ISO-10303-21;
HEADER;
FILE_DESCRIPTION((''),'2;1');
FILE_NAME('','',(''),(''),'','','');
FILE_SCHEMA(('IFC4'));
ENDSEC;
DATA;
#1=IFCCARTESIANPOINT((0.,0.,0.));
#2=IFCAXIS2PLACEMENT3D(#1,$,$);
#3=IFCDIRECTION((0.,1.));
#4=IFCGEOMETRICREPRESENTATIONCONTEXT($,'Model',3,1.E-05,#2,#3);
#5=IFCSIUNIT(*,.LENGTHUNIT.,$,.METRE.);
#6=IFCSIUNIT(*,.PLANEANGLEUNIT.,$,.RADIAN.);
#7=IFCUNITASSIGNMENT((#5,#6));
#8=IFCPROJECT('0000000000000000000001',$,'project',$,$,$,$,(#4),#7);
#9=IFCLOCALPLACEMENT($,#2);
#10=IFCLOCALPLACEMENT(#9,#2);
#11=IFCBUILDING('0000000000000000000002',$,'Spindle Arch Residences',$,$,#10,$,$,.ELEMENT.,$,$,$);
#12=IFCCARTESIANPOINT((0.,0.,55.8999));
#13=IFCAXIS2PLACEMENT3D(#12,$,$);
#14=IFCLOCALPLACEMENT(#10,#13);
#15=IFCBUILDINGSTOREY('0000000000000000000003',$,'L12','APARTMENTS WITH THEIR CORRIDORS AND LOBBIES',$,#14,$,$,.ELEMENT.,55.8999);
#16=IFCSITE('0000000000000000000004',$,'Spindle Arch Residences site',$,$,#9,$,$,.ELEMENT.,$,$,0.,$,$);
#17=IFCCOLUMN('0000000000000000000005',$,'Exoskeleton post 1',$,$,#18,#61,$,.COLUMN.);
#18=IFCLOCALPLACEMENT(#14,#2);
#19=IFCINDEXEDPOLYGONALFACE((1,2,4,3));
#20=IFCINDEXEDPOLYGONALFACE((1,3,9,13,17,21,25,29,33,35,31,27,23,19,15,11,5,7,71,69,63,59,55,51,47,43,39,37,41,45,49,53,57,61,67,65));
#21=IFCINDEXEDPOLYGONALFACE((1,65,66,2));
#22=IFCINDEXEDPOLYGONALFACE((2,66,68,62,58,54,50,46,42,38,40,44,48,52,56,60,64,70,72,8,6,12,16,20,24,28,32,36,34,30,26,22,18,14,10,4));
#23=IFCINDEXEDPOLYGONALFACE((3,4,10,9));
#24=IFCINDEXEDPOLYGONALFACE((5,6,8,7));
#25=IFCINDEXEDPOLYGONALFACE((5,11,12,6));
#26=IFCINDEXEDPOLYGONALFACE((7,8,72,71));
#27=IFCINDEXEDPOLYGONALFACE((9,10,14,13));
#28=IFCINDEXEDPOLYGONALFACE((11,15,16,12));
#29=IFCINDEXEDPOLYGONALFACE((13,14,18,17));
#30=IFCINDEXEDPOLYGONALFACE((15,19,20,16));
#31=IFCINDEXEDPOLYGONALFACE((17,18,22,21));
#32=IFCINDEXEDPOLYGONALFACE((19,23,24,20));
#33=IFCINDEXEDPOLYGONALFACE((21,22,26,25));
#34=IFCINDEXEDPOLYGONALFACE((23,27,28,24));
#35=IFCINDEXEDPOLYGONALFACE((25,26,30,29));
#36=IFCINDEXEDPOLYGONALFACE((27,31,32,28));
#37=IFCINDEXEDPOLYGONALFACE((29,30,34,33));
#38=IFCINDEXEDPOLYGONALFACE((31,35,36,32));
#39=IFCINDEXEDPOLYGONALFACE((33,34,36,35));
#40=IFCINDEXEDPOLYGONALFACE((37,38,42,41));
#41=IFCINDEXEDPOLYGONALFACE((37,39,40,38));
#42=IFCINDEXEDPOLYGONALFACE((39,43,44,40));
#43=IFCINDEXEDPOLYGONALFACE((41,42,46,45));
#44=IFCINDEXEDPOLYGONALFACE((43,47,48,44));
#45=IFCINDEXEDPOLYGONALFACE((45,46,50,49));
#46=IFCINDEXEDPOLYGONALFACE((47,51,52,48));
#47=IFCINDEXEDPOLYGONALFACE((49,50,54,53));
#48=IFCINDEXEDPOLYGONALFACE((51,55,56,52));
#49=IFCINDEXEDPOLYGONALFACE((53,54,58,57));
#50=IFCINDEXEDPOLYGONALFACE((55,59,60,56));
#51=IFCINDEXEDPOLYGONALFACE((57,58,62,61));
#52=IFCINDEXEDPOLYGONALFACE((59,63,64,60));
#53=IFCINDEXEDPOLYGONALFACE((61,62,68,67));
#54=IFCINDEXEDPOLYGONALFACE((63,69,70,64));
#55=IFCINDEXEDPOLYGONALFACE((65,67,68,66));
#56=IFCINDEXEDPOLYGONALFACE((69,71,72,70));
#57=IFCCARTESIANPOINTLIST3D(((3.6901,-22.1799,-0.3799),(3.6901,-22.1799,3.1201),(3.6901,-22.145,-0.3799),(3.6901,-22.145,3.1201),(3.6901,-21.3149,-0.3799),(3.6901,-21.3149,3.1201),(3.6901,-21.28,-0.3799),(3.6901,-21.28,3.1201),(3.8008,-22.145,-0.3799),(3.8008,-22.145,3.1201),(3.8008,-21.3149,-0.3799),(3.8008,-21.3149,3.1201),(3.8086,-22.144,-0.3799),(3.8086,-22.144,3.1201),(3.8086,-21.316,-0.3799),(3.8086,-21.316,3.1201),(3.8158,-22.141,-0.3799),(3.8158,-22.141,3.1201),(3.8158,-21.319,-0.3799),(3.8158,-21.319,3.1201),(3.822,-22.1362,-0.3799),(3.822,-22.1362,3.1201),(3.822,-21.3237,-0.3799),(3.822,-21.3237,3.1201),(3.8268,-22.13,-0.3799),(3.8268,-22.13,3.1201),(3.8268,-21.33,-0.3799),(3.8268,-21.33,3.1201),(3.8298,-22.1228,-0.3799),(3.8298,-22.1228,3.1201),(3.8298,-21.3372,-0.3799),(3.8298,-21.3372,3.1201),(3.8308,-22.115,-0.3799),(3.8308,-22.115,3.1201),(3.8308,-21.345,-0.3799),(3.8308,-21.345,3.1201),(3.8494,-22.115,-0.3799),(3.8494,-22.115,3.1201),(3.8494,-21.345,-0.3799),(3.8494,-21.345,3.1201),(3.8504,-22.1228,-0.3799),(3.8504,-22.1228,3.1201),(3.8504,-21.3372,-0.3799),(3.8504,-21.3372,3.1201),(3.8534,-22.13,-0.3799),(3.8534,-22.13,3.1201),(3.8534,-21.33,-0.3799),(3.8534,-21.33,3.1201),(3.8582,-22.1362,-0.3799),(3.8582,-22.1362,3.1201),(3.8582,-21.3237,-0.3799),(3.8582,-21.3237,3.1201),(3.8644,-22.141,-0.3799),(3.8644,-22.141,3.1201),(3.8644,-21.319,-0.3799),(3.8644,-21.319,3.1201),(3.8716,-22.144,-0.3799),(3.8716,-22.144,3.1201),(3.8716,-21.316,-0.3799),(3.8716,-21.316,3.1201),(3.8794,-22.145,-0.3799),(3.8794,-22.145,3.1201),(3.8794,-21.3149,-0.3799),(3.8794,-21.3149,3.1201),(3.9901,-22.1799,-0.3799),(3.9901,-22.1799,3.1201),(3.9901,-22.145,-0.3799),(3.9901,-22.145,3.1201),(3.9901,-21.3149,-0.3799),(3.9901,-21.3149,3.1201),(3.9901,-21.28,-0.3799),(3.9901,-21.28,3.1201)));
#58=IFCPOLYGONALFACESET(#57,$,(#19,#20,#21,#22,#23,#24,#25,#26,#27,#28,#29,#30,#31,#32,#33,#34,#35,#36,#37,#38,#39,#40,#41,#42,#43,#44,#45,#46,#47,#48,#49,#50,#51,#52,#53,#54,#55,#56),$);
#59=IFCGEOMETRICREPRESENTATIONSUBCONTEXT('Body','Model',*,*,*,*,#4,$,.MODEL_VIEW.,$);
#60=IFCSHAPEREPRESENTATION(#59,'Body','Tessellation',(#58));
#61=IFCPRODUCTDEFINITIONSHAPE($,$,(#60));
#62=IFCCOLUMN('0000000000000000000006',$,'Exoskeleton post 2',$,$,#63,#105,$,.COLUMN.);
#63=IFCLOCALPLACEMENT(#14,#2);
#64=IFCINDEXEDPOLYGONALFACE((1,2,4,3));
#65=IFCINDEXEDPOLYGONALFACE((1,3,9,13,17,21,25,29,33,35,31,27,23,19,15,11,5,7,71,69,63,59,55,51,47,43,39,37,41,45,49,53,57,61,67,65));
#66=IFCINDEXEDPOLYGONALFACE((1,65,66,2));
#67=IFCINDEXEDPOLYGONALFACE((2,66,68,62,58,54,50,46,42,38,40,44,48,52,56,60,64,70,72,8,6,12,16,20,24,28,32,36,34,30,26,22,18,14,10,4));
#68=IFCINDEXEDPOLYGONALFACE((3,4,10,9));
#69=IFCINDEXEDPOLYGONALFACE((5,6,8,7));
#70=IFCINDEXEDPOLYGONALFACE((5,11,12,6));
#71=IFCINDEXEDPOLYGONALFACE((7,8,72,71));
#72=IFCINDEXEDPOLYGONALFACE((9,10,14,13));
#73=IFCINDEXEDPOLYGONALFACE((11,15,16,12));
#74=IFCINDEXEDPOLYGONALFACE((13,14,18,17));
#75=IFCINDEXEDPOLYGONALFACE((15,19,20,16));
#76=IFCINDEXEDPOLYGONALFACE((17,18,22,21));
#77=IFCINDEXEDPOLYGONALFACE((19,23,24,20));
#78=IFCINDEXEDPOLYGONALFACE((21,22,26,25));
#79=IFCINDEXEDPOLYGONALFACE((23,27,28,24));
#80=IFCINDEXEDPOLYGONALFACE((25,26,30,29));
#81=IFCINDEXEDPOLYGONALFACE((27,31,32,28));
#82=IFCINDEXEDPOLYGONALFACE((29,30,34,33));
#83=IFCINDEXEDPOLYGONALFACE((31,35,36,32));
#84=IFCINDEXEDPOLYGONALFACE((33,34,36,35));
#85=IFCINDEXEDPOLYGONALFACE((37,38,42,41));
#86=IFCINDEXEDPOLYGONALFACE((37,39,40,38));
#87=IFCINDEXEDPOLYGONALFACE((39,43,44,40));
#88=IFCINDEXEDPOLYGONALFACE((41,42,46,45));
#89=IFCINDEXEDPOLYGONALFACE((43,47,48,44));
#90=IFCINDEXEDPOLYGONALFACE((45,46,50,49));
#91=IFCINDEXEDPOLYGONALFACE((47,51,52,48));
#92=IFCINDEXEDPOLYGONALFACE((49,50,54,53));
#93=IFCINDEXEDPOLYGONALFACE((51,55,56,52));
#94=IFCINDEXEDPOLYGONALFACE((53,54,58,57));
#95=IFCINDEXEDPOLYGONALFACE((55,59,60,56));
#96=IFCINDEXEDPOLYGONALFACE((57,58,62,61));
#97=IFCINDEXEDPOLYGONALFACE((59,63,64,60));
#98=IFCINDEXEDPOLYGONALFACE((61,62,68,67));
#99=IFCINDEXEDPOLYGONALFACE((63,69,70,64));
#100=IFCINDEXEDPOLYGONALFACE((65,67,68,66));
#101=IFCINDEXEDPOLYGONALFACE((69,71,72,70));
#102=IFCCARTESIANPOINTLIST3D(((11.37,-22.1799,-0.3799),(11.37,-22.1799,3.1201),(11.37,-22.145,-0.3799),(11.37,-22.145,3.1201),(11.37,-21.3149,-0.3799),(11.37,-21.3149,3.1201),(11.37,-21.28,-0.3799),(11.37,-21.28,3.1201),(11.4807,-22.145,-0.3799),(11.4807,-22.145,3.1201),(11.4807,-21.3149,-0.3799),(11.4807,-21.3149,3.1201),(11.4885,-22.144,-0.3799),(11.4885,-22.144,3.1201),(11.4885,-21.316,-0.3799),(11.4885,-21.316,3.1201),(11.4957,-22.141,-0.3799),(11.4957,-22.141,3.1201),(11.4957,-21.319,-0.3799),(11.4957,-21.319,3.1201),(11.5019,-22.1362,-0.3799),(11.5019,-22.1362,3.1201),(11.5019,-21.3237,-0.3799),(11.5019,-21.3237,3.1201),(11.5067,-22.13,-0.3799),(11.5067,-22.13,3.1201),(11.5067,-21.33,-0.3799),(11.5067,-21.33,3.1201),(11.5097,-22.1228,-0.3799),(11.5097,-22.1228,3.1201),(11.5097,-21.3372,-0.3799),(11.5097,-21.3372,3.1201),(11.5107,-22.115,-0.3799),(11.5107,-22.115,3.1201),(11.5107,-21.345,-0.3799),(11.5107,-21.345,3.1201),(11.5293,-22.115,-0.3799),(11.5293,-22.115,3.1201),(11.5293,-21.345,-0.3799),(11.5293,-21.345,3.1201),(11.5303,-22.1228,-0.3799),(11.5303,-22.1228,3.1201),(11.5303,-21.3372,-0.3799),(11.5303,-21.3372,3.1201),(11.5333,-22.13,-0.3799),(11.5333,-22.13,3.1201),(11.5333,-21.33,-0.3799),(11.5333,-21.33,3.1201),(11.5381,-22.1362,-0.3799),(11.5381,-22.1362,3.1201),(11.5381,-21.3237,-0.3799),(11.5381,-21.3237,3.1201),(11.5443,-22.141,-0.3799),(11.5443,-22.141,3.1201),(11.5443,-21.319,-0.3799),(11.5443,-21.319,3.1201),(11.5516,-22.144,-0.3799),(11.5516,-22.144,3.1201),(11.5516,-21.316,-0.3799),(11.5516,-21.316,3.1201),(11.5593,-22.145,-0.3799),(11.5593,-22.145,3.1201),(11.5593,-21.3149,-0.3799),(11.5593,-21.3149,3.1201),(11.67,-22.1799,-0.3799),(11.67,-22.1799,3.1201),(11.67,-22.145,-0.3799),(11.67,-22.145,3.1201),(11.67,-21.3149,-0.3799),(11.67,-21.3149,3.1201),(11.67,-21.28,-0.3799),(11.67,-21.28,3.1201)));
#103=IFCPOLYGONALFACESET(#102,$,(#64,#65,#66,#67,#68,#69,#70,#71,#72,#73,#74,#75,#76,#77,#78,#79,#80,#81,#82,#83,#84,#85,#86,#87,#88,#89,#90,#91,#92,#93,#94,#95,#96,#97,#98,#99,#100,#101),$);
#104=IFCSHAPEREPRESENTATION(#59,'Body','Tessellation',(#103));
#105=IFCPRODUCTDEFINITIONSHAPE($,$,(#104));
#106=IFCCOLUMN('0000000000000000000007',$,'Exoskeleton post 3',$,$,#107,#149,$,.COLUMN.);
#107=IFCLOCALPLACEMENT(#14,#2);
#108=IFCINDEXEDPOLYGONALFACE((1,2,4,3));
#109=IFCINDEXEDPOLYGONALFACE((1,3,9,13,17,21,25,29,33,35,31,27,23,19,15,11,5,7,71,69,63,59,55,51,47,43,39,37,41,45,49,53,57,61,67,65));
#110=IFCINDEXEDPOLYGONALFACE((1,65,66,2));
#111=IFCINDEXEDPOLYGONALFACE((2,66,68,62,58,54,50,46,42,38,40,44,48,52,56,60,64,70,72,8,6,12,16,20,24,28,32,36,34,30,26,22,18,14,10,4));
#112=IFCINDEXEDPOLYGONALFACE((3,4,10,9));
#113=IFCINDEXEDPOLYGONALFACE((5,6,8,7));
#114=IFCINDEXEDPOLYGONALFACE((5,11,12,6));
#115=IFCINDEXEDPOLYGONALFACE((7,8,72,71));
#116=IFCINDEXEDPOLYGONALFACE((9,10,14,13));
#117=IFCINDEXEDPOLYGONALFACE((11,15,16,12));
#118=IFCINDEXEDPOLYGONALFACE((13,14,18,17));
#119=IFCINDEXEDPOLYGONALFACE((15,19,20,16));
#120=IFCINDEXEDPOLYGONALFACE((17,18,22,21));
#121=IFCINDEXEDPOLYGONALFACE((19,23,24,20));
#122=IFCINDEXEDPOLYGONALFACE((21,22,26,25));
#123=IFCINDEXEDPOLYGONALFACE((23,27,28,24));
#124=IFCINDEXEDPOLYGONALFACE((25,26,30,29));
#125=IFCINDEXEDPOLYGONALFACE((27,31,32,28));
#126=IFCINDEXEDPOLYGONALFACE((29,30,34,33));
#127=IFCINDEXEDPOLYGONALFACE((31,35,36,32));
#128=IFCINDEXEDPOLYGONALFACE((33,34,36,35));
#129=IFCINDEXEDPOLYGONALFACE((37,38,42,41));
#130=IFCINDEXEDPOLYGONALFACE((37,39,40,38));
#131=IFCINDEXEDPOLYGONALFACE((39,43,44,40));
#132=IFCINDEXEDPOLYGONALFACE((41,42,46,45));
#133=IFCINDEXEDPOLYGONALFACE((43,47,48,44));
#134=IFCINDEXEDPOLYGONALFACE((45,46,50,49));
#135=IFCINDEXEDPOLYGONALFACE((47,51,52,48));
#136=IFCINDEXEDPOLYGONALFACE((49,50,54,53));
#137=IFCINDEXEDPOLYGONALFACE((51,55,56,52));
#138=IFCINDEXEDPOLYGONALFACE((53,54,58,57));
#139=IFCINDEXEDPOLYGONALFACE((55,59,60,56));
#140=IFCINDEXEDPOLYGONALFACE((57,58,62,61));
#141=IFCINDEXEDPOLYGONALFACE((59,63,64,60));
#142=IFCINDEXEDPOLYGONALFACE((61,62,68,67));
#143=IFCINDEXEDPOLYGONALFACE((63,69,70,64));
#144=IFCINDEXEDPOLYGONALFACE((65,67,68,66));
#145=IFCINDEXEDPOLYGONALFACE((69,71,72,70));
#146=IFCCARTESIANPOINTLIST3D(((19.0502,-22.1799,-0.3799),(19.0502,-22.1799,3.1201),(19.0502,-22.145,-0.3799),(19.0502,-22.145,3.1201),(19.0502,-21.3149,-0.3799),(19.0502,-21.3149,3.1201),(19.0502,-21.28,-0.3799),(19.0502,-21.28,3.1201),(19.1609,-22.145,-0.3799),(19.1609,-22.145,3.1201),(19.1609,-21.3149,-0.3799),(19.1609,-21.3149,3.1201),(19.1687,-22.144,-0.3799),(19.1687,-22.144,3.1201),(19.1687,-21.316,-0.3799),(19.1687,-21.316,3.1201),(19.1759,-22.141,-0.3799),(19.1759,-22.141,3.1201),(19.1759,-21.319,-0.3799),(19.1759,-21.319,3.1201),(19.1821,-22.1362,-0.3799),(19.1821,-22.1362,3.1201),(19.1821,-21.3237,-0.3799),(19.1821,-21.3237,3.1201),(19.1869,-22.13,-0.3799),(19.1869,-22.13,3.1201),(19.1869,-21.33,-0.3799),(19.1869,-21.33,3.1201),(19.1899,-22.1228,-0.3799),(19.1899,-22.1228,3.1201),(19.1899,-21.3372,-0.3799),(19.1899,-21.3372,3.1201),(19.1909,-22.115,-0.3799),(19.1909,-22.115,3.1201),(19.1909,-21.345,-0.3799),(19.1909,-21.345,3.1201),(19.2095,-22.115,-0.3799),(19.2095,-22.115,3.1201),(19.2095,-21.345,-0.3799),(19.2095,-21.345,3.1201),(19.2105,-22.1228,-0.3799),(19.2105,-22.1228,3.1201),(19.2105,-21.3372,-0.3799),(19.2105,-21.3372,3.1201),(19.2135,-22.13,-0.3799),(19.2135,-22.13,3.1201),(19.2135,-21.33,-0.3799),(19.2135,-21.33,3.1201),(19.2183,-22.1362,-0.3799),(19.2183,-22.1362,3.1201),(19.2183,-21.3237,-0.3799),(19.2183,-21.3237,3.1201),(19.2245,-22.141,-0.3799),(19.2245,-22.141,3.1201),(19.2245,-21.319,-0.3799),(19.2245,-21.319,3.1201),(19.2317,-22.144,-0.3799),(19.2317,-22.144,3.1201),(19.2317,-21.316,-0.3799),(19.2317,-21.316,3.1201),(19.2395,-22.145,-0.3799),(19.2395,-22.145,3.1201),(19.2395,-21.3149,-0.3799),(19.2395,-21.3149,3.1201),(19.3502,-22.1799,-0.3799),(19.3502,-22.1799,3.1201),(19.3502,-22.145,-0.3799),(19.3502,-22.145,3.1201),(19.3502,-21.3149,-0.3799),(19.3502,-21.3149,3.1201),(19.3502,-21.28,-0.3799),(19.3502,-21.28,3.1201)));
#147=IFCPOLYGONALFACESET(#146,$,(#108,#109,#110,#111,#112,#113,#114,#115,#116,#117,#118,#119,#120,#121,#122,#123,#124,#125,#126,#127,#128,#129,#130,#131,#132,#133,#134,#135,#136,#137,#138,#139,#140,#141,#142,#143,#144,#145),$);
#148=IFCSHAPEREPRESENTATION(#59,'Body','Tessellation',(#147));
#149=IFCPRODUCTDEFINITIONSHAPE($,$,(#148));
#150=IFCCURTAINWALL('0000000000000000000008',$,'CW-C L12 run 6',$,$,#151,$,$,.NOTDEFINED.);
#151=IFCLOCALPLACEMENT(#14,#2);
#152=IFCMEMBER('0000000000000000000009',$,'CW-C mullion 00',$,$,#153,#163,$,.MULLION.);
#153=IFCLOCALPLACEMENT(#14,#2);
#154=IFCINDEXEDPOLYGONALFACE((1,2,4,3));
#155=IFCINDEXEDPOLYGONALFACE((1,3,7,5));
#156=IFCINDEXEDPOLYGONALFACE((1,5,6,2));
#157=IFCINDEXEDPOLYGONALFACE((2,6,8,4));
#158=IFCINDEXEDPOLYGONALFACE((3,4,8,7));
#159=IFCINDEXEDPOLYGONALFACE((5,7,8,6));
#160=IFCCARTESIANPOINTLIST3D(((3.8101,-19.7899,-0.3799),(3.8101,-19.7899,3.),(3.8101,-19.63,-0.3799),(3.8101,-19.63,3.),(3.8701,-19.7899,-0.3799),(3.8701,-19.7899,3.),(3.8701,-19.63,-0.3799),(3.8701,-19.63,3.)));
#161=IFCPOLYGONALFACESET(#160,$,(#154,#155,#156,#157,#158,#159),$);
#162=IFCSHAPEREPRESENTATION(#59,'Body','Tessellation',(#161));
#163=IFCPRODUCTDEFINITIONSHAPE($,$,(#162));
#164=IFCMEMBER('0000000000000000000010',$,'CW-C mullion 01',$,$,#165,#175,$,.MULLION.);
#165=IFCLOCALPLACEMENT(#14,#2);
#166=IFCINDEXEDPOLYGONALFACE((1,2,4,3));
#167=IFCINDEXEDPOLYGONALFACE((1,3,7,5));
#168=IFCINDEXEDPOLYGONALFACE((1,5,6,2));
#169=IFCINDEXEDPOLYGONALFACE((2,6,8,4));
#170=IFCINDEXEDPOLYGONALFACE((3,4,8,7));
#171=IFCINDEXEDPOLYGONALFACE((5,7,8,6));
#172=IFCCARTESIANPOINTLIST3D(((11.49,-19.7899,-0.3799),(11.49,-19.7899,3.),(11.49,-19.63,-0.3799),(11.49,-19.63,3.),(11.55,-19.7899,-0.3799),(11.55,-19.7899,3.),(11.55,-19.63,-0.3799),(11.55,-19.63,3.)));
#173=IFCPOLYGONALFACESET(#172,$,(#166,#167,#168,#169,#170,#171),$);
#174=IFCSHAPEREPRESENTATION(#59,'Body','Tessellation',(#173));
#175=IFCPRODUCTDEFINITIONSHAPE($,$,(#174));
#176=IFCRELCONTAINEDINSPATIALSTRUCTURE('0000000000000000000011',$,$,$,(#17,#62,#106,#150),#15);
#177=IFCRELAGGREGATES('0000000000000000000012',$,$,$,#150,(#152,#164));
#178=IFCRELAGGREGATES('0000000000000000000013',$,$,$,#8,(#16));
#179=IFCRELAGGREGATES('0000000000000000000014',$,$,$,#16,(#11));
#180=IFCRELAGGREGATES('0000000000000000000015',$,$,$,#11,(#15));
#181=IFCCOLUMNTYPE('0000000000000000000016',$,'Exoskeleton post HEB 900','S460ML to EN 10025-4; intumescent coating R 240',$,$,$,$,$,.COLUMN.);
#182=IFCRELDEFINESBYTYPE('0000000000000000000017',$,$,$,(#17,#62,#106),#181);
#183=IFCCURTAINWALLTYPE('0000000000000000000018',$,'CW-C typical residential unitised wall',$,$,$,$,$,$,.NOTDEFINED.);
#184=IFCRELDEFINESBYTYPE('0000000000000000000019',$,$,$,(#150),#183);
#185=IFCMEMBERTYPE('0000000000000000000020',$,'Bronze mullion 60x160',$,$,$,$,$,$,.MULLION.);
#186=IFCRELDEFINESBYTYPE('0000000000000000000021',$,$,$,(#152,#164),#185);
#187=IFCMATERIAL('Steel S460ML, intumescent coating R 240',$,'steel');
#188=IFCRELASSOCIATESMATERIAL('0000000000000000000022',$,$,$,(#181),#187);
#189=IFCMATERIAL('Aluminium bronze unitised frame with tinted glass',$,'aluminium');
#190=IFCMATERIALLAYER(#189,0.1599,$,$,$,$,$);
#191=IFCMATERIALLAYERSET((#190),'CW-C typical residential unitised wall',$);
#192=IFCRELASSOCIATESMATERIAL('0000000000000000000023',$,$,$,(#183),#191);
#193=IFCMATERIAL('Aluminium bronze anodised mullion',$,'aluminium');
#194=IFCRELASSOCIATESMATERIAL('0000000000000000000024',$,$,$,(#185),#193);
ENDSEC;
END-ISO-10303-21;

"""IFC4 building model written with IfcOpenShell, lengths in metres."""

from ifc_helpers import new_model, si_unit, direction, frame, origin, origin_2d, place, context, subcontext, project, spatial, rectangle, i_section, extrude, material, layer, layer_set, material_profile, profile_set, type_object, element, aggregate, save


model = new_model("IFC4")

# Units and contexts
model_context = context("Model", 3, precision=1e-05, world=origin(), true_north=direction((0.0, 1.0)))
body_context = subcontext(model_context, "Body", "Model", "MODEL_VIEW")
ifc_project = project(units=[si_unit("LENGTHUNIT", "METRE"), si_unit("PLANEANGLEUNIT", "RADIAN")], contexts=[model_context])

# Site, building, storey
site_placement = place(None, origin())
site = spatial("IfcSite", under=ifc_project, at=site_placement, Name="Spindle Arch Residences site", CompositionType="ELEMENT", RefElevation=0.0)
building_placement = place(site_placement, origin())
building = spatial("IfcBuilding", under=site, at=building_placement, Name="Spindle Arch Residences", CompositionType="ELEMENT")
storey_placement = place(building_placement, frame((0.0, 0.0, 55.8999)))
storey = spatial("IfcBuildingStorey", under=building, at=storey_placement, Name="L12", Description="APARTMENTS WITH THEIR CORRIDORS AND LOBBIES", CompositionType="ELEMENT", Elevation=55.8999)

# Columns
ifc_material_1 = material(Name="Steel S460ML, intumescent coating R 240", Category="steel")
ifc_material_profile_1 = material_profile(ifc_material_1, i_section(OverallWidth=0.3, OverallDepth=0.8999, WebThickness=0.0186, FlangeThickness=0.0349, FilletRadius=0.03, at=origin_2d()), Name="HEB 900")
ifc_profile_set_1 = profile_set([ifc_material_profile_1], Name="Steel S460ML, intumescent coating R 240")
column_type = type_object("IfcColumnType", Name="Exoskeleton post HEB 900", Description="S460ML to EN 10025-4; intumescent coating R 240", PredefinedType="COLUMN", material=ifc_profile_set_1)
for number, where, z_axis, x_axis, name in (
    (1, (3.8401, -21.73, -0.3799), (0.0, 0.0, 1.0), (-1.0, 0.0, 0.0), "Exoskeleton post 1"),
    (2, (11.52, -21.73, -0.3799), (0.0, 0.0, 1.0), (-1.0, 0.0, 0.0), "Exoskeleton post 2"),
    (3, (19.2002, -21.73, -0.3799), (0.0, 0.0, 1.0), (-1.0, 0.0, 0.0), "Exoskeleton post 3"),
):
    element("IfcColumn", number, at=place(storey_placement, frame(where, z_axis=z_axis, x_axis=x_axis)), inside=storey, type_object=column_type, Name=name, PredefinedType="COLUMN", context=body_context, shape_type="SweptSolid", body=[
        extrude(i_section(OverallWidth=0.3, OverallDepth=0.8999, WebThickness=0.0186, FlangeThickness=0.0349, FilletRadius=0.03, at=origin_2d()), origin(), (0.0, 0.0, 1.0), 3.5),
    ])

# Curtain wall, members
ifc_material_2 = material(Name="Aluminium bronze unitised frame with tinted glass", Category="aluminium")
ifc_layer_1 = layer(ifc_material_2, 0.1599)
ifc_layer_set_1 = layer_set([ifc_layer_1], Name="CW-C typical residential unitised wall")
curtain_wall_type = type_object("IfcCurtainWallType", Name="CW-C typical residential unitised wall", PredefinedType="NOTDEFINED", material=ifc_layer_set_1)
curtain_wall_placement = place(storey_placement, origin())
curtain_wall = element("IfcCurtainWall", 4, at=curtain_wall_placement, inside=storey, type_object=curtain_wall_type, Name="CW-C L12 run 6", PredefinedType="NOTDEFINED")
ifc_material_3 = material(Name="Aluminium bronze anodised mullion", Category="aluminium")
ifc_material_profile_2 = material_profile(ifc_material_3, rectangle(XDim=0.1599, YDim=0.0601, at=origin_2d()), Name="MU 60x160")
ifc_profile_set_2 = profile_set([ifc_material_profile_2], Name="Aluminium bronze anodised mullion")
member_type = type_object("IfcMemberType", Name="Bronze mullion 60x160", PredefinedType="MULLION", material=ifc_profile_set_2)
member_1_placement = place(storey_placement, frame((3.8401, -19.71, -0.3799), z_axis=(0.0, 0.0, 1.0), x_axis=(0.0, 1.0, 0.0)))
member_1 = element("IfcMember", 5, at=member_1_placement, type_object=member_type, Name="CW-C mullion 00", PredefinedType="MULLION", context=body_context, shape_type="SweptSolid", body=[
    extrude(rectangle(XDim=0.1599, YDim=0.0601, at=origin_2d()), origin(), (0.0, 0.0, 1.0), 3.3799),
])
member_2_placement = place(storey_placement, frame((11.52, -19.71, -0.3799), z_axis=(0.0, 0.0, 1.0), x_axis=(0.0, 1.0, 0.0)))
member_2 = element("IfcMember", 6, at=member_2_placement, type_object=member_type, Name="CW-C mullion 01", PredefinedType="MULLION", context=body_context, shape_type="SweptSolid", body=[
    extrude(rectangle(XDim=0.1599, YDim=0.0601, at=origin_2d()), origin(), (0.0, 0.0, 1.0), 3.3799),
])

aggregate(curtain_wall, [member_1, member_2])

save(model, "model.ifc")
